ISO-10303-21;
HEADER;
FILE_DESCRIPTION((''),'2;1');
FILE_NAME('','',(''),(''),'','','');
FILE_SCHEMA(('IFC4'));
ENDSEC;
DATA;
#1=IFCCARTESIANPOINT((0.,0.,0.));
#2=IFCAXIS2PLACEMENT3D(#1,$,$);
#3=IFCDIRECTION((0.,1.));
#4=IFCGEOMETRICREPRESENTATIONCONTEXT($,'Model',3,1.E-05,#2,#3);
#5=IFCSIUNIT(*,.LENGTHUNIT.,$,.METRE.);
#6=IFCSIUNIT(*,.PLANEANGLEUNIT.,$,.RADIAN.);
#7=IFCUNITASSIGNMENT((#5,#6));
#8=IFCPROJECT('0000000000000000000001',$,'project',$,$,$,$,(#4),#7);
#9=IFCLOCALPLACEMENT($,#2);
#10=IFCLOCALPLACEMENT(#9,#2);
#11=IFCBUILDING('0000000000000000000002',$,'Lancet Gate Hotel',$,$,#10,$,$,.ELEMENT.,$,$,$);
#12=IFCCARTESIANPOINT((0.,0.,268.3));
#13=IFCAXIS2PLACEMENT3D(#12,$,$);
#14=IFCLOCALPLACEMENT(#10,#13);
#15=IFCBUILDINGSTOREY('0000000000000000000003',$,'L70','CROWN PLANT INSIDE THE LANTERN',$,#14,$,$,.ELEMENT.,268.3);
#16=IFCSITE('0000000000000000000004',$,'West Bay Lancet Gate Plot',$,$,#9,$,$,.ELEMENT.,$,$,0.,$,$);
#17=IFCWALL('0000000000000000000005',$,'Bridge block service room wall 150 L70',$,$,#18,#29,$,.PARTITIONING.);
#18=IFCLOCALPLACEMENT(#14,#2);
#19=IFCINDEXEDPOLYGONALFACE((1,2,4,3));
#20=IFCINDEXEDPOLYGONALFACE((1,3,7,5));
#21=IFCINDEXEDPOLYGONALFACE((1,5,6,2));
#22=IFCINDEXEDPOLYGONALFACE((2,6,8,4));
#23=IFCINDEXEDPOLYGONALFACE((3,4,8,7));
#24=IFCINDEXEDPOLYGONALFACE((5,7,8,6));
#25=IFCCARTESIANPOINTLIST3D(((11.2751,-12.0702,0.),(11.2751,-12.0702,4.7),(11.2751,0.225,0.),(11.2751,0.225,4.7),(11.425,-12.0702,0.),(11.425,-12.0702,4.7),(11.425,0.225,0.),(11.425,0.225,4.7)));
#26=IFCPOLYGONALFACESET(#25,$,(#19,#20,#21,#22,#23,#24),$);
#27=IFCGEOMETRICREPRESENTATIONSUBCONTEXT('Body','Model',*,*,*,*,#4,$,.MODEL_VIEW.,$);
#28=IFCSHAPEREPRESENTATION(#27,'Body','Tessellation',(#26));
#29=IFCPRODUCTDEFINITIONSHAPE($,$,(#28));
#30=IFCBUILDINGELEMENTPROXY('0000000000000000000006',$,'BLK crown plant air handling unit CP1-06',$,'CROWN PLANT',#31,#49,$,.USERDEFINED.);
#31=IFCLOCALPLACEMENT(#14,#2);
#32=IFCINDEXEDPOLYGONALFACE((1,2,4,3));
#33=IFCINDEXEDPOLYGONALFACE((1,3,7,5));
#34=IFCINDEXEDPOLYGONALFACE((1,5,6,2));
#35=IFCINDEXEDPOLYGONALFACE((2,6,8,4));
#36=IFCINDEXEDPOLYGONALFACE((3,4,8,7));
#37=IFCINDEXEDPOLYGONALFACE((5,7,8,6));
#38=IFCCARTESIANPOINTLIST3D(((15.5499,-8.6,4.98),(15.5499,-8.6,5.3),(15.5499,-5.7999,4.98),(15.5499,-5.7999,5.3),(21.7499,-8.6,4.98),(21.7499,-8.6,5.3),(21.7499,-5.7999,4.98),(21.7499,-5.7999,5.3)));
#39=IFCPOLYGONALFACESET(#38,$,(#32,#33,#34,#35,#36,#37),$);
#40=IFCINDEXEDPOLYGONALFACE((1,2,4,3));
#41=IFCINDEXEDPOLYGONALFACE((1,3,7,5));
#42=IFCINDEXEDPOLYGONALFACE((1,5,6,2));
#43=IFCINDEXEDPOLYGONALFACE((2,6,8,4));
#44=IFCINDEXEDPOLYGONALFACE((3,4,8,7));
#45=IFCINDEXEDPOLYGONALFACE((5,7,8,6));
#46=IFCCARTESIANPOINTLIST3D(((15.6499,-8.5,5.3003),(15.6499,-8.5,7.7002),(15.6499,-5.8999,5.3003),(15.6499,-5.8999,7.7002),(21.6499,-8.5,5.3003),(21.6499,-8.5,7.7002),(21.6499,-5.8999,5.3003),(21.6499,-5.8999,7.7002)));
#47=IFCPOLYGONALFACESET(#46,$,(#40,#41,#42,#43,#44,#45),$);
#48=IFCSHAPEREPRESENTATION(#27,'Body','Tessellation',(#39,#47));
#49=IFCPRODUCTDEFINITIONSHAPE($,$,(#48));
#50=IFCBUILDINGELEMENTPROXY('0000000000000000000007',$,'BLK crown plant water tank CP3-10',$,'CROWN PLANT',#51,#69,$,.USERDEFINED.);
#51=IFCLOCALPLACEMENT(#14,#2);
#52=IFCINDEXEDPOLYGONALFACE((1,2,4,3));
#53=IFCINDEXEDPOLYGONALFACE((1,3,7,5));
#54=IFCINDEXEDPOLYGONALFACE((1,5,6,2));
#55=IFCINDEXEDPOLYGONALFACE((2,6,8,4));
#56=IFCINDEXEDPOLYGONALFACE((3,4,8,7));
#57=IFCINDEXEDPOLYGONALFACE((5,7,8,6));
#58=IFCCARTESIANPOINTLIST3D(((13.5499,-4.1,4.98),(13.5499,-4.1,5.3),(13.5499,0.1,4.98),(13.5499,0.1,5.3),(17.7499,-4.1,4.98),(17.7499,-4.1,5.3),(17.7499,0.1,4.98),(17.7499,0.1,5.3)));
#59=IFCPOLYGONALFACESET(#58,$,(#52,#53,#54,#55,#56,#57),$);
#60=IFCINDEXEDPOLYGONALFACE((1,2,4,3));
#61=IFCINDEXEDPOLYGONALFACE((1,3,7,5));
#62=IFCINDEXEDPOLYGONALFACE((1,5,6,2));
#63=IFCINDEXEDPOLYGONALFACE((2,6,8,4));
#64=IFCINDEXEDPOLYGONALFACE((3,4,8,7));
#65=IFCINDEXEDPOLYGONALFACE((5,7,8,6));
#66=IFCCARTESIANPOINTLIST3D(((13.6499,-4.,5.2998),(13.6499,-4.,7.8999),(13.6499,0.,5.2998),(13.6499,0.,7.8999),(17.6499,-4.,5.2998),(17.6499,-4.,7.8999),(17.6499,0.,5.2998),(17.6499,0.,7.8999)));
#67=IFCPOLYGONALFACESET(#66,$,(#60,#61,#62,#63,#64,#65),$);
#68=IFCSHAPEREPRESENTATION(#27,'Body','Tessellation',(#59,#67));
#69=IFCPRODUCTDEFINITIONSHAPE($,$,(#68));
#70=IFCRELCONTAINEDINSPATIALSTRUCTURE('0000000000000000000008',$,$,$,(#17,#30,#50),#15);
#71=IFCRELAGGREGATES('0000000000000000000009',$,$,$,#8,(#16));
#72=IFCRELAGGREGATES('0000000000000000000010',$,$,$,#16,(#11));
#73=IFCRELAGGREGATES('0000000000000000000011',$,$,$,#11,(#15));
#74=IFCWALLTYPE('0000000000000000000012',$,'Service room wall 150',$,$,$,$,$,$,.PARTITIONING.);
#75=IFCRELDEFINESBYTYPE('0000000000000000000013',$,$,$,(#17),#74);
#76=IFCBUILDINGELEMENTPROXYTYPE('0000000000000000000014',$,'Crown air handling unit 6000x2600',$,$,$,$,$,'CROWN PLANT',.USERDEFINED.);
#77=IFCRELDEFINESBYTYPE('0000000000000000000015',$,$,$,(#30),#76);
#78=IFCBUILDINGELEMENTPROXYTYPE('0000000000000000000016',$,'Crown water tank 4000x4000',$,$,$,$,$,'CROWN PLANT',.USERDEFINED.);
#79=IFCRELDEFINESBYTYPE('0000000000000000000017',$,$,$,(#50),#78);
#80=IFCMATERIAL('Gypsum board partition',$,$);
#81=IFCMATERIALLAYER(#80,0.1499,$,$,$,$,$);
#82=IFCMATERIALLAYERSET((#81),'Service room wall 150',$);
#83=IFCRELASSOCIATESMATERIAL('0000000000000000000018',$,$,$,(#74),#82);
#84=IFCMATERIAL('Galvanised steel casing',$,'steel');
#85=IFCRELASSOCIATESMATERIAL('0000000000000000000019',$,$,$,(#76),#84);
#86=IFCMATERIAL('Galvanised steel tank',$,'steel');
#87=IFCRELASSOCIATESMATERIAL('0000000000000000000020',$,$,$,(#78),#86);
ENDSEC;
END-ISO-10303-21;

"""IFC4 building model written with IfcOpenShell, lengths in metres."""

from ifc_helpers import new_model, si_unit, direction, frame, frame_2d, origin, origin_with_axes, origin_2d, place, context, subcontext, project, spatial, rectangle, extrude, material, layer, layer_set, type_object, element, save


model = new_model("IFC4")

# Units and contexts
model_context = context("Model", 3, precision=1e-05, world=origin(), true_north=direction((0.0, 1.0)))
body_context = subcontext(model_context, "Body", "Model", "MODEL_VIEW")
ifc_project = project(units=[si_unit("LENGTHUNIT", "METRE"), si_unit("PLANEANGLEUNIT", "RADIAN")], contexts=[model_context])

# Site, building, storey
site_placement = place(None, origin())
site = spatial("IfcSite", under=ifc_project, at=site_placement, Name="West Bay Lancet Gate Plot", CompositionType="ELEMENT", RefElevation=0.0)
building_placement = place(site_placement, origin())
building = spatial("IfcBuilding", under=site, at=building_placement, Name="Lancet Gate Hotel", CompositionType="ELEMENT")
storey_placement = place(building_placement, frame((0.0, 0.0, 268.3)))
storey = spatial("IfcBuildingStorey", under=building, at=storey_placement, Name="L70", Description="CROWN PLANT INSIDE THE LANTERN", CompositionType="ELEMENT", Elevation=268.3)

# Wall
ifc_material_1 = material(Name="Gypsum board partition")
ifc_layer_1 = layer(ifc_material_1, 0.1499)
ifc_layer_set_1 = layer_set([ifc_layer_1], Name="Service room wall 150")
wall_type = type_object("IfcWallType", Name="Service room wall 150", PredefinedType="PARTITIONING", material=ifc_layer_set_1)
wall_placement = place(storey_placement, frame((11.3501, -12.0701, 0.0), z_axis=(0.0, 0.0, 1.0), x_axis=(0.0, 1.0, 0.0)))
element("IfcWall", 1, at=wall_placement, inside=storey, type_object=wall_type, Name="Bridge block service room wall 150 L70", PredefinedType="PARTITIONING", context=body_context, shape_type="SweptSolid", body=[
    extrude(rectangle(XDim=12.2952, YDim=0.1499, at=frame_2d((6.1475, 0.0))), origin(), (0.0, 0.0, 1.0), 4.7),
])

# Building element proxies
ifc_material_2 = material(Name="Galvanised steel casing", Category="steel")
building_element_proxy_type_1 = type_object("IfcBuildingElementProxyType", Name="Crown air handling unit 6000x2600", ElementType="CROWN PLANT", PredefinedType="USERDEFINED", material=ifc_material_2)
proxy_1_placement = place(storey_placement, frame((18.6499, -7.2, 4.98), z_axis=(0.0, 0.0, 1.0), x_axis=(1.0, 0.0, 0.0)))
element("IfcBuildingElementProxy", 2, at=proxy_1_placement, inside=storey, type_object=building_element_proxy_type_1, Name="BLK crown plant air handling unit CP1-06", ObjectType="CROWN PLANT", PredefinedType="USERDEFINED", context=body_context, shape_type="SweptSolid", body=[
    extrude(rectangle(XDim=6.2, YDim=2.8, at=origin_2d()), origin_with_axes(), (0.0, 0.0, 1.0), 0.3201),
    extrude(rectangle(XDim=6.0, YDim=2.6001, at=origin_2d()), frame((0.0, 0.0, 0.3203), z_axis=(0.0, 0.0, 1.0), x_axis=(1.0, 0.0, 0.0)), (0.0, 0.0, 1.0), 2.3999),
])
ifc_material_3 = material(Name="Galvanised steel tank", Category="steel")
building_element_proxy_type_2 = type_object("IfcBuildingElementProxyType", Name="Crown water tank 4000x4000", ElementType="CROWN PLANT", PredefinedType="USERDEFINED", material=ifc_material_3)
proxy_2_placement = place(storey_placement, frame((15.6499, -2.0, 4.98), z_axis=(0.0, 0.0, 1.0), x_axis=(1.0, 0.0, 0.0)))
element("IfcBuildingElementProxy", 3, at=proxy_2_placement, inside=storey, type_object=building_element_proxy_type_2, Name="BLK crown plant water tank CP3-10", ObjectType="CROWN PLANT", PredefinedType="USERDEFINED", context=body_context, shape_type="SweptSolid", body=[
    extrude(rectangle(XDim=4.2, YDim=4.2, at=origin_2d()), origin_with_axes(), (0.0, 0.0, 1.0), 0.3201),
    extrude(rectangle(XDim=4.0, YDim=4.0, at=origin_2d()), frame((0.0, 0.0, 0.3198), z_axis=(0.0, 0.0, 1.0), x_axis=(1.0, 0.0, 0.0)), (0.0, 0.0, 1.0), 2.6001),
])

save(model, "model.ifc")
